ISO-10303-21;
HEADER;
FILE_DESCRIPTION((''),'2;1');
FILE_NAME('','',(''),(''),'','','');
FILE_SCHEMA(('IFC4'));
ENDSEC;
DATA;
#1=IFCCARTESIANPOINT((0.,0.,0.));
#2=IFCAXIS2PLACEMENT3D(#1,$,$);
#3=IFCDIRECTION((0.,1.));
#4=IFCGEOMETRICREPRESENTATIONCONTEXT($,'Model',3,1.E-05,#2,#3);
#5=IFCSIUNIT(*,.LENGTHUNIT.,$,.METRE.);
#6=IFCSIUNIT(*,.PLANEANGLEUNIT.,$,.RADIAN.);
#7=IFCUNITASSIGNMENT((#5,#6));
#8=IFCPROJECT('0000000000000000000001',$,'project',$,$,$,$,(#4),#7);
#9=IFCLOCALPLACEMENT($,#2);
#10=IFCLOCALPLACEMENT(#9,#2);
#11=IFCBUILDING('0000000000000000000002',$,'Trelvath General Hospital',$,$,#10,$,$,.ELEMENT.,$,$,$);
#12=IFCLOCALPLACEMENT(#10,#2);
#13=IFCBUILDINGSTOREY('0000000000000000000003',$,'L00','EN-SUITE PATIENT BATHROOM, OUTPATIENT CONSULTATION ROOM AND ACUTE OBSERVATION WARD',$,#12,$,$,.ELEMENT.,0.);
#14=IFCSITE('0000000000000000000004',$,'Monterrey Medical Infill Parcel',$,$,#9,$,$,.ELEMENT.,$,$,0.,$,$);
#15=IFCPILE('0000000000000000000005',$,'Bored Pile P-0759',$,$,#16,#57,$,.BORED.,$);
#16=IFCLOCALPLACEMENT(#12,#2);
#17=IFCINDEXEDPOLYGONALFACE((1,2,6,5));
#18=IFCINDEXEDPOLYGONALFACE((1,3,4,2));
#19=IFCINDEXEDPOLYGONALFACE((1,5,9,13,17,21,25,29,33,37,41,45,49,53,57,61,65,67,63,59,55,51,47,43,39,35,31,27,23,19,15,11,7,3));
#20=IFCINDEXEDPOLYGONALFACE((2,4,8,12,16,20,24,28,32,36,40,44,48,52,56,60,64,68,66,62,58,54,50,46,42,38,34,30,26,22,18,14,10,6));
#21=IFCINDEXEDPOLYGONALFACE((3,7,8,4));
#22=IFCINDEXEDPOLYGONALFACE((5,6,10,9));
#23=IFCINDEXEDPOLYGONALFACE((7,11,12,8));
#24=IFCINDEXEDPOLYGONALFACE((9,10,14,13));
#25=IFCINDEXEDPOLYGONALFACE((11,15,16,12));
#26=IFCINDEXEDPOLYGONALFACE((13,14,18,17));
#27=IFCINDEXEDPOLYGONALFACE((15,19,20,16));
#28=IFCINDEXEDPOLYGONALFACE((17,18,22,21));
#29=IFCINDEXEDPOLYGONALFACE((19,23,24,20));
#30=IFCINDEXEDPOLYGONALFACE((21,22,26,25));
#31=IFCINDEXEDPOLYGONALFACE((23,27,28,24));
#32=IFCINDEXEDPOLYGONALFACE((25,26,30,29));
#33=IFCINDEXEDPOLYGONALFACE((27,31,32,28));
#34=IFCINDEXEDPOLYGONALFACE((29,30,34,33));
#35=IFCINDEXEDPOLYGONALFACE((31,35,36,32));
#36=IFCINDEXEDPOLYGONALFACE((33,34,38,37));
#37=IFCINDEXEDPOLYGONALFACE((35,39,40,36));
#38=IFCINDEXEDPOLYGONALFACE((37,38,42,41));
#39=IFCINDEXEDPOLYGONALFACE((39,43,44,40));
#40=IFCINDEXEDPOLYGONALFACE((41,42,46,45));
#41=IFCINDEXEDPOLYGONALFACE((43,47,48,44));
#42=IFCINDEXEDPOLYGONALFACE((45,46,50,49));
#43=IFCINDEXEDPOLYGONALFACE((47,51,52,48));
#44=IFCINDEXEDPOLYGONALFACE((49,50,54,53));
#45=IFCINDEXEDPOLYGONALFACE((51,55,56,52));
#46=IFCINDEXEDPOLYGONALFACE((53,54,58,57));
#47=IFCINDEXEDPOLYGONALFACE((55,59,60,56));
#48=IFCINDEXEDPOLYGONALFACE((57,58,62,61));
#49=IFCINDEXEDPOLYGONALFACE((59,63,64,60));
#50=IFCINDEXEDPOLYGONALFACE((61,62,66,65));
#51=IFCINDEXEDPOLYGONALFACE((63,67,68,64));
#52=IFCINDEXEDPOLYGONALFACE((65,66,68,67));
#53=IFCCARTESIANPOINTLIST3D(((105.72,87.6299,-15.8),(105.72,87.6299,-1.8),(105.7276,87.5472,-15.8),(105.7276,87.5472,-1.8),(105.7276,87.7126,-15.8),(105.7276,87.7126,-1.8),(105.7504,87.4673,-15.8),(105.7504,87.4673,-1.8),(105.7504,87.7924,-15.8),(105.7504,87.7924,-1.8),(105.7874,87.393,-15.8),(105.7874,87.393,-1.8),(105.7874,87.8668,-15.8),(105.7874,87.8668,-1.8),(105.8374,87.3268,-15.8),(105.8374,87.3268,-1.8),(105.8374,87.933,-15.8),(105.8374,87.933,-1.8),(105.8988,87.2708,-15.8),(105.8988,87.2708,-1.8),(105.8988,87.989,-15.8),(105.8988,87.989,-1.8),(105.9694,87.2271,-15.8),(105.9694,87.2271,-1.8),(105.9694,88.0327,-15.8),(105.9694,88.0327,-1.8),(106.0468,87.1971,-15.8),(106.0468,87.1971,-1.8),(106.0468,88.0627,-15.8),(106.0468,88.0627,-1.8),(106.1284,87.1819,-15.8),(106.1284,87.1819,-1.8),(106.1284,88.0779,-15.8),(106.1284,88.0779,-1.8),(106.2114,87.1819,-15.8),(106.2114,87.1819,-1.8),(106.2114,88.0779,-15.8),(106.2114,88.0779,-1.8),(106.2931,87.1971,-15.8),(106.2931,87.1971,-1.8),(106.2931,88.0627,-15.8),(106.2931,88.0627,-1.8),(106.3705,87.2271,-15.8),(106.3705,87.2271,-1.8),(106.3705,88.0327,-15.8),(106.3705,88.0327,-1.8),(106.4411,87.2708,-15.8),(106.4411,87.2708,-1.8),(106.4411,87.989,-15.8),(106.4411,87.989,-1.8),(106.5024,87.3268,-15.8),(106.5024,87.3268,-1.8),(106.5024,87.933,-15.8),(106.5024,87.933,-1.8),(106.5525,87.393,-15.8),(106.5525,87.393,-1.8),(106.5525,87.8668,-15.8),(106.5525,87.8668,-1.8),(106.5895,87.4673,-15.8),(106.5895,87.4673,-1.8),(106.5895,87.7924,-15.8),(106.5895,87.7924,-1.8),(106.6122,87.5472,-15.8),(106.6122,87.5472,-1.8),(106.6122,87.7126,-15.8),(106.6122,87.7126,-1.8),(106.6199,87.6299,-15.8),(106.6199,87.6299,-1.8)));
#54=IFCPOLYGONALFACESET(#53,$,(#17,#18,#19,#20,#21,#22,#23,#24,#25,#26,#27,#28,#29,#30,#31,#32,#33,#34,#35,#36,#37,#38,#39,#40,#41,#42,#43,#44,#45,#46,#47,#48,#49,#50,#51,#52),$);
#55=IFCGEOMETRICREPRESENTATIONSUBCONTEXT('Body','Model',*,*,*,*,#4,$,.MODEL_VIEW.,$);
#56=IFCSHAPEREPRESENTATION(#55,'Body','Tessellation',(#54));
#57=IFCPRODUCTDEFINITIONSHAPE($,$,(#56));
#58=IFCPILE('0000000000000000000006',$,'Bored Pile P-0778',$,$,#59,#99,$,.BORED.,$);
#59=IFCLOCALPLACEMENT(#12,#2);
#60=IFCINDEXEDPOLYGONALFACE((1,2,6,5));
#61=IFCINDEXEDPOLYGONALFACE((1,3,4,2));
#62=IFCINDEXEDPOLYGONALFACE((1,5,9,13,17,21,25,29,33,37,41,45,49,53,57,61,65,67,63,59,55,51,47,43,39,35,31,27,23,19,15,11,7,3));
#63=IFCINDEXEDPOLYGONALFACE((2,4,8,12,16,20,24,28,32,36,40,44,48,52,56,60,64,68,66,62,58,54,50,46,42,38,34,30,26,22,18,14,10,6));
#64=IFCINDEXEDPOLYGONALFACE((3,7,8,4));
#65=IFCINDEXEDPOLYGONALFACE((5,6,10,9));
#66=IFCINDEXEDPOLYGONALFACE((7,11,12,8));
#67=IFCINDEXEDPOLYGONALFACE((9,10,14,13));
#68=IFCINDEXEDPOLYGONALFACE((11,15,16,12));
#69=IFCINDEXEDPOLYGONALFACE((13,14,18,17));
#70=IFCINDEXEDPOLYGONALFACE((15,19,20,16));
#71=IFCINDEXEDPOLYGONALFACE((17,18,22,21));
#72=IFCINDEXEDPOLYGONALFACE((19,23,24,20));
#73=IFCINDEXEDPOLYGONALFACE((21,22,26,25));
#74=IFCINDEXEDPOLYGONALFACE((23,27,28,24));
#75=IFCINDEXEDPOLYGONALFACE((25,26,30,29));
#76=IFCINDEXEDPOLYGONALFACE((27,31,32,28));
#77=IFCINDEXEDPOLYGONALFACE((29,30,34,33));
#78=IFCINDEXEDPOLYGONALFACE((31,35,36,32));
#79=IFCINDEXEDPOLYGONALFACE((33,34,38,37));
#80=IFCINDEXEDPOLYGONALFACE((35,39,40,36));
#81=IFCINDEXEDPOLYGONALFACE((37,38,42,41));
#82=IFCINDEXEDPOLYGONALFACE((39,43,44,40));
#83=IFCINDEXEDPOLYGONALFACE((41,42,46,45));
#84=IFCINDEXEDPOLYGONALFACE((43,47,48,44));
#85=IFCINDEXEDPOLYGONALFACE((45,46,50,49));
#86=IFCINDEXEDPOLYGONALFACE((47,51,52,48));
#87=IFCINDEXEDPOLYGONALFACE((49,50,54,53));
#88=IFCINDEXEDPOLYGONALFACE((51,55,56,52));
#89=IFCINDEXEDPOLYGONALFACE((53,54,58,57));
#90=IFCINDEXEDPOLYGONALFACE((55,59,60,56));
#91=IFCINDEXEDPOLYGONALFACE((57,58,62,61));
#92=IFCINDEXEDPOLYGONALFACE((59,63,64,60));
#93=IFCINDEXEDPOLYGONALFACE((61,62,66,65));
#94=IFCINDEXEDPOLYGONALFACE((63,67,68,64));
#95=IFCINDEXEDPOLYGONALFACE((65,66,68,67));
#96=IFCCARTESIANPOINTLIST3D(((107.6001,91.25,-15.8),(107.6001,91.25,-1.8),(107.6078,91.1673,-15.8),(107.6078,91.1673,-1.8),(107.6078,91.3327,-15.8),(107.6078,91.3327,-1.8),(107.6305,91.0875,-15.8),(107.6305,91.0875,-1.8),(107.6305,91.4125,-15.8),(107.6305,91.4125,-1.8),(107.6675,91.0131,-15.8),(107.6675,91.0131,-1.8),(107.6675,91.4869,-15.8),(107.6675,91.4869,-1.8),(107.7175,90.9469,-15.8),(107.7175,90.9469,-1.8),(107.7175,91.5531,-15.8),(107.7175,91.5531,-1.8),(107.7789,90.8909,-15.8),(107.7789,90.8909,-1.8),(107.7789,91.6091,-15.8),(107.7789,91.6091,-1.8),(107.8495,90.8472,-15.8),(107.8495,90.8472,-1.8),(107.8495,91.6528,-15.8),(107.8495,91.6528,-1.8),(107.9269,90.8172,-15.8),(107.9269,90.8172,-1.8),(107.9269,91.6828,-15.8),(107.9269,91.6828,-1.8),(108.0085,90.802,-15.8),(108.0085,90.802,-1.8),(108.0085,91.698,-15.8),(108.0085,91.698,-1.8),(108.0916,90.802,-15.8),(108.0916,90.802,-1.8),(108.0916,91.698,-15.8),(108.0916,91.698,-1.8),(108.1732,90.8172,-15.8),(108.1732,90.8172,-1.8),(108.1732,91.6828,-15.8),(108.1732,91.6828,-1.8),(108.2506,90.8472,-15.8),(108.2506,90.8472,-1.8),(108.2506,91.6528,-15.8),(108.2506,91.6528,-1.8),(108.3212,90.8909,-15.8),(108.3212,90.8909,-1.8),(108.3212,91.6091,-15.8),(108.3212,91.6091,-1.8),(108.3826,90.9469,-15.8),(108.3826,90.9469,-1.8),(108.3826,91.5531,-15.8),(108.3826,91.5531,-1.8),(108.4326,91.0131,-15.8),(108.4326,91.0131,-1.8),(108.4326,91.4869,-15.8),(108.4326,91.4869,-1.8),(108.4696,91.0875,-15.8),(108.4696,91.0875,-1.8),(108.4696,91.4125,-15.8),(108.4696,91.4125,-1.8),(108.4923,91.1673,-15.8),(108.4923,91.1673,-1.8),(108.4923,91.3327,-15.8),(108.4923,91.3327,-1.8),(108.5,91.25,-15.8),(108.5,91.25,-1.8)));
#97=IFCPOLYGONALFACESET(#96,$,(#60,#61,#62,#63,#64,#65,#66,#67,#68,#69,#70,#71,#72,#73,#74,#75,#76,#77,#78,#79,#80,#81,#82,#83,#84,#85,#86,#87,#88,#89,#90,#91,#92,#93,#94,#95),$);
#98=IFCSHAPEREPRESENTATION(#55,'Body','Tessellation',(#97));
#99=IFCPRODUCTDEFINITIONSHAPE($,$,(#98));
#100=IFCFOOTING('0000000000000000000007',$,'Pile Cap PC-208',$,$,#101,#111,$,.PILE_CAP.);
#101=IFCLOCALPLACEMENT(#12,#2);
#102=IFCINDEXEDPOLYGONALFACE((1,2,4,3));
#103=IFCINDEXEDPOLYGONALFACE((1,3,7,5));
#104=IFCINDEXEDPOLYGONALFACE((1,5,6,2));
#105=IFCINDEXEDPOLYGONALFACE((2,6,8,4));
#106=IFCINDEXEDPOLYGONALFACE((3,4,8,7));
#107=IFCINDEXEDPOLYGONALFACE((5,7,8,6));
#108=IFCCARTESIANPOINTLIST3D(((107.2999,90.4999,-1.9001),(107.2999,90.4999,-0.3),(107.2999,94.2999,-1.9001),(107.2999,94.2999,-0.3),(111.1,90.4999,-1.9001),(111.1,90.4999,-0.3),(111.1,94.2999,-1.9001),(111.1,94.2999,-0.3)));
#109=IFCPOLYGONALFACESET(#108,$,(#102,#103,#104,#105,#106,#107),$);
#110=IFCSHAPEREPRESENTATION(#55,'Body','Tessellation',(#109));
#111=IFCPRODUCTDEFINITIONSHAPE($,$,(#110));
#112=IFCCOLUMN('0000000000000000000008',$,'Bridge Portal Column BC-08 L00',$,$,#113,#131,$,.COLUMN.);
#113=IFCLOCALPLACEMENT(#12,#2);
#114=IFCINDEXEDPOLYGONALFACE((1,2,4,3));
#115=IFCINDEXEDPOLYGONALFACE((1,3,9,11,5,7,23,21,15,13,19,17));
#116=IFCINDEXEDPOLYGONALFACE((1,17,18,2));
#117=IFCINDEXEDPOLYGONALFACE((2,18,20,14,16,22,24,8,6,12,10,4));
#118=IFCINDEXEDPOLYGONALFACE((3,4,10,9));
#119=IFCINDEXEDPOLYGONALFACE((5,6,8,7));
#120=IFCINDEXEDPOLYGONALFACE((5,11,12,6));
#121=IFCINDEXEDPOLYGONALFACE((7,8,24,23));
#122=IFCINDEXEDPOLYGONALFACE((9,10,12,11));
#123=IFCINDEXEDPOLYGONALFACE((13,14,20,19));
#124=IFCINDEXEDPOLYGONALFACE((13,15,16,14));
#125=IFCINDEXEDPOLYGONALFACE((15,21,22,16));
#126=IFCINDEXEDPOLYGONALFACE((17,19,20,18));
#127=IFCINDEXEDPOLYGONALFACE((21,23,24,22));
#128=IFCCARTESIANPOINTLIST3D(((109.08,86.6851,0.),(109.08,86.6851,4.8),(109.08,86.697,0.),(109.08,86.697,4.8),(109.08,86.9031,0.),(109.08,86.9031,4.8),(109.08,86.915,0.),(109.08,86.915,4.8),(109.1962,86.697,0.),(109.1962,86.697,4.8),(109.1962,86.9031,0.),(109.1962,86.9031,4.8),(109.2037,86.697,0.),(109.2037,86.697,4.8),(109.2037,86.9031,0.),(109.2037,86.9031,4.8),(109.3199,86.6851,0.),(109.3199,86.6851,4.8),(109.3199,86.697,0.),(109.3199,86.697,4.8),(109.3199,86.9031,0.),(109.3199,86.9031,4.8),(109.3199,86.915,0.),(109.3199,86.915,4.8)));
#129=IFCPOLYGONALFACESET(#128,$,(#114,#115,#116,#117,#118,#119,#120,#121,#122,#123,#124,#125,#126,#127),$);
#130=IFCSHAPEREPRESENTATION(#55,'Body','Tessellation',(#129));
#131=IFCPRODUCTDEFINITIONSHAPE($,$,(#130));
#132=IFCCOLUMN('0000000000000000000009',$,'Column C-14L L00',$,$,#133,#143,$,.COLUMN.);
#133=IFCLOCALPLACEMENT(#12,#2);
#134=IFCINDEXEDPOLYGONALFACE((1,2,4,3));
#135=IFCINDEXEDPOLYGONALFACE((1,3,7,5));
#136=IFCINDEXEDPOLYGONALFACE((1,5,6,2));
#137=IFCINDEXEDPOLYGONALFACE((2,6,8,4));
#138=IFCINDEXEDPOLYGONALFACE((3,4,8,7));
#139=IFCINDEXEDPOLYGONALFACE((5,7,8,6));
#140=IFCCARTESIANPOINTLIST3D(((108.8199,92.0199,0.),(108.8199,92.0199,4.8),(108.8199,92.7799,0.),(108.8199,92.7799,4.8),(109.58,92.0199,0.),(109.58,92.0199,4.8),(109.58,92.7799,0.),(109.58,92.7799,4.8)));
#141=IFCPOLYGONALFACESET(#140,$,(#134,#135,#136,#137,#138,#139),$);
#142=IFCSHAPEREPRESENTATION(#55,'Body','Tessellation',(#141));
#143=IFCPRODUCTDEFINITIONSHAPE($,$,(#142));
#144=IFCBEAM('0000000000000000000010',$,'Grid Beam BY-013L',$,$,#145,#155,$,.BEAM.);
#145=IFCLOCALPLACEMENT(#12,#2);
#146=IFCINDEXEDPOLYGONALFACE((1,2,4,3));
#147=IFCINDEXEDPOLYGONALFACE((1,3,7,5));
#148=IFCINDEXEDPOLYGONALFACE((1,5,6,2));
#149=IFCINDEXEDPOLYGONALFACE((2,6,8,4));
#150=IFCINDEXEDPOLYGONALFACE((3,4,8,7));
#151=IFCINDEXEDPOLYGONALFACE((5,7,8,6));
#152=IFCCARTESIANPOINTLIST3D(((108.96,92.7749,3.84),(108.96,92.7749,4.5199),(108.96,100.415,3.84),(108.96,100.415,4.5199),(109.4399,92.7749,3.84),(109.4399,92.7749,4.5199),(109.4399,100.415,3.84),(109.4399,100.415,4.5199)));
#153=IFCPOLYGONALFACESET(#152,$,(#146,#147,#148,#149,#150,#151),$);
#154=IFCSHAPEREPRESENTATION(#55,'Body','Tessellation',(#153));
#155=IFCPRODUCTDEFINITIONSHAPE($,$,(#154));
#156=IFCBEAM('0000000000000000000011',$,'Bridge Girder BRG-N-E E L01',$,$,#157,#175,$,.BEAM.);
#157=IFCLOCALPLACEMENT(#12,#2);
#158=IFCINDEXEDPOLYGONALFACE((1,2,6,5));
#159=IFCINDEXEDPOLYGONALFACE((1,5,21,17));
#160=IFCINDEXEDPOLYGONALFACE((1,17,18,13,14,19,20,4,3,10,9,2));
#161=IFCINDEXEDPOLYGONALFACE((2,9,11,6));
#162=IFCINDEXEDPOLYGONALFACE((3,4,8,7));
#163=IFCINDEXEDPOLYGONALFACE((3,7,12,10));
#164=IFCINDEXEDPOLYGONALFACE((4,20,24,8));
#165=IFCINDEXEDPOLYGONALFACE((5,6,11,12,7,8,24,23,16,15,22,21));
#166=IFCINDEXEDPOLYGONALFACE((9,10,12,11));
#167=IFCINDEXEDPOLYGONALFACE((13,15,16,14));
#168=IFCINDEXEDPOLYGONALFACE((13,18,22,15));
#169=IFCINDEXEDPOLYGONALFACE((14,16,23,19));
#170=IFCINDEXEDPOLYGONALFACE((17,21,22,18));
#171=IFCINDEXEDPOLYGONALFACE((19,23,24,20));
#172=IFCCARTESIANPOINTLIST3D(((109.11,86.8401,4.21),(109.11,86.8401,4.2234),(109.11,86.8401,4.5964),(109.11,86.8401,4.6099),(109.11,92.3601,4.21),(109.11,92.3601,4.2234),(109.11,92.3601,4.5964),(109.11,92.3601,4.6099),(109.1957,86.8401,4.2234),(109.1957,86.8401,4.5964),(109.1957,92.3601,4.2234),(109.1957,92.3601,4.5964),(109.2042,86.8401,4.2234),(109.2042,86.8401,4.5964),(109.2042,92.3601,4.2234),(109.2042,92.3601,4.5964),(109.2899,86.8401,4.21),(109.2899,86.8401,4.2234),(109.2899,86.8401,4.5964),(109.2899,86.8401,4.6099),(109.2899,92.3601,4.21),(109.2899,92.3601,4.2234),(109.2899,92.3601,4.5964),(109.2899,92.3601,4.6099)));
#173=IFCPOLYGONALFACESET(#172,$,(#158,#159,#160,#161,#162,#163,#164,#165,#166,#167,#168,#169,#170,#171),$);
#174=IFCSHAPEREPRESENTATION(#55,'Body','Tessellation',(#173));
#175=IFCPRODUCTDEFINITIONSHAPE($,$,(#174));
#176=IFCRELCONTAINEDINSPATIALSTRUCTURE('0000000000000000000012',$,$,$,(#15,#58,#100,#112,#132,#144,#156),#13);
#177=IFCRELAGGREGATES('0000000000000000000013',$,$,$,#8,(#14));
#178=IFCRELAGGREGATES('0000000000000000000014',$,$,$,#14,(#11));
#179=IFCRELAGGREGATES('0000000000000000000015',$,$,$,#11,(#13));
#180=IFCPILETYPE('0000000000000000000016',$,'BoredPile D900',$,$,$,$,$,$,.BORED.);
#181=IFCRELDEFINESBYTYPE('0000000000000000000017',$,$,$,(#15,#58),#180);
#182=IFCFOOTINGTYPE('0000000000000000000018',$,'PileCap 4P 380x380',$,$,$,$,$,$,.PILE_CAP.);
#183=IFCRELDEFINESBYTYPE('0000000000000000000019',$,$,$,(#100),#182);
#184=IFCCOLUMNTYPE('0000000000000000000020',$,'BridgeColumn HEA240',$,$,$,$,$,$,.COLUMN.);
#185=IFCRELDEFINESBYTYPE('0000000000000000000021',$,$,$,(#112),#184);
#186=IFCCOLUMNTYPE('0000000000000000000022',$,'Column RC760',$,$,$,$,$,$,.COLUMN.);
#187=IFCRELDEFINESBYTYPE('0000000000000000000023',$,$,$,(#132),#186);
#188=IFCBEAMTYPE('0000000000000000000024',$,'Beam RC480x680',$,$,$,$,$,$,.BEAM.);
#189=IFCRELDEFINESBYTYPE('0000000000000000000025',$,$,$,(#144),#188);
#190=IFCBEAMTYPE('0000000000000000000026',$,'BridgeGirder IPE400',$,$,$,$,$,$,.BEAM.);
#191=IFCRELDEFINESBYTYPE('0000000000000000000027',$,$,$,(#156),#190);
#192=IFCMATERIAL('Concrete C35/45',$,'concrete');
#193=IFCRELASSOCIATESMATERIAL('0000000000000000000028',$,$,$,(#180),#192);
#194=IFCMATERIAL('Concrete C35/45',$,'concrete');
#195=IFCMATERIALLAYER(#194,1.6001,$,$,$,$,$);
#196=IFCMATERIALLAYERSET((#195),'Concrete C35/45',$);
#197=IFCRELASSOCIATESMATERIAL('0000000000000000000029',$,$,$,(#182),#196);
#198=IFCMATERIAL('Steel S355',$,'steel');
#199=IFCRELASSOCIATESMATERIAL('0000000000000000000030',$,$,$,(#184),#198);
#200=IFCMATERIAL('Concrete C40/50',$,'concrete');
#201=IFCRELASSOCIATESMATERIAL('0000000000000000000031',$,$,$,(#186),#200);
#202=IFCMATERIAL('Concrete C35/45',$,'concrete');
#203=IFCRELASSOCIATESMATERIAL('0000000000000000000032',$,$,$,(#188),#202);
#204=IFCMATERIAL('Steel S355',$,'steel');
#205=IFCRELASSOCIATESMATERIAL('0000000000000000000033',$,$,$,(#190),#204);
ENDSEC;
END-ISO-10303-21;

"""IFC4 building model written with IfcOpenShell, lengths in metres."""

from ifc_helpers import new_model, si_unit, direction, frame, origin, origin_2d, place, context, subcontext, project, spatial, rectangle, circle, i_section, extrude, material, layer, layer_set, material_profile, profile_set, type_object, element, save


model = new_model("IFC4")

# Units and contexts
model_context = context("Model", 3, precision=1e-05, world=origin(), true_north=direction((0.0, 1.0)))
body_context = subcontext(model_context, "Body", "Model", "MODEL_VIEW")
ifc_project = project(units=[si_unit("LENGTHUNIT", "METRE"), si_unit("PLANEANGLEUNIT", "RADIAN")], contexts=[model_context])

# Site, building, storey
site_placement = place(None, origin())
site = spatial("IfcSite", under=ifc_project, at=site_placement, Name="Monterrey Medical Infill Parcel", CompositionType="ELEMENT", RefElevation=0.0)
building_placement = place(site_placement, origin())
building = spatial("IfcBuilding", under=site, at=building_placement, Name="Trelvath General Hospital", CompositionType="ELEMENT")
storey_placement = place(building_placement, origin())
storey = spatial("IfcBuildingStorey", under=building, at=storey_placement, Name="L00", Description="EN-SUITE PATIENT BATHROOM, OUTPATIENT CONSULTATION ROOM AND ACUTE OBSERVATION WARD", CompositionType="ELEMENT", Elevation=0.0)

# Piles
ifc_material_1 = material(Name="Concrete C35/45", Category="concrete")
ifc_material_profile_1 = material_profile(ifc_material_1, circle(Radius=0.45, at=origin_2d()), Name="PILE900")
ifc_profile_set_1 = profile_set([ifc_material_profile_1], Name="Concrete C35/45")
pile_type = type_object("IfcPileType", Name="BoredPile D900", PredefinedType="BORED", material=ifc_profile_set_1)
for number, where, z_axis, x_axis, name in (
    (1, (106.1699, 87.6299, -1.8), (0.0, 0.0, -1.0), (1.0, 0.0, 0.0), "Bored Pile P-0759"),
    (2, (108.05, 91.25, -1.8), (0.0, 0.0, -1.0), (1.0, 0.0, 0.0), "Bored Pile P-0778"),
):
    element("IfcPile", number, at=place(storey_placement, frame(where, z_axis=z_axis, x_axis=x_axis)), inside=storey, type_object=pile_type, Name=name, PredefinedType="BORED", context=body_context, shape_type="SweptSolid", body=[
        extrude(circle(Radius=0.45, at=origin_2d()), origin(), (0.0, 0.0, 1.0), 14.0),
    ])

# Footing
ifc_material_2 = material(Name="Concrete C35/45", Category="concrete")
ifc_layer_1 = layer(ifc_material_2, 1.6001)
ifc_layer_set_1 = layer_set([ifc_layer_1], Name="Concrete C35/45")
footing_type = type_object("IfcFootingType", Name="PileCap 4P 380x380", PredefinedType="PILE_CAP", material=ifc_layer_set_1)
footing_placement = place(storey_placement, frame((109.2, 92.3999, -1.9001), z_axis=(0.0, 0.0, 1.0), x_axis=(1.0, 0.0, 0.0)))
element("IfcFooting", 3, at=footing_placement, inside=storey, type_object=footing_type, Name="Pile Cap PC-208", PredefinedType="PILE_CAP", context=body_context, shape_type="SweptSolid", body=[
    extrude(rectangle(XDim=3.8, YDim=3.8, at=origin_2d()), origin(), (0.0, 0.0, 1.0), 1.6001),
])

# Columns
ifc_material_3 = material(Name="Steel S355", Category="steel")
ifc_material_profile_2 = material_profile(ifc_material_3, i_section(OverallWidth=0.24, OverallDepth=0.23, WebThickness=0.0076, FlangeThickness=0.012, at=origin_2d()), Name="HEA240")
ifc_profile_set_2 = profile_set([ifc_material_profile_2], Name="Steel S355")
column_type_1 = type_object("IfcColumnType", Name="BridgeColumn HEA240", PredefinedType="COLUMN", material=ifc_profile_set_2)
column_1_placement = place(storey_placement, frame((109.2, 86.8, 0.0), z_axis=(0.0, 0.0, 1.0), x_axis=(1.0, 0.0, 0.0)))
element("IfcColumn", 4, at=column_1_placement, inside=storey, type_object=column_type_1, Name="Bridge Portal Column BC-08 L00", PredefinedType="COLUMN", context=body_context, shape_type="SweptSolid", body=[
    extrude(i_section(OverallWidth=0.24, OverallDepth=0.23, WebThickness=0.0076, FlangeThickness=0.012, at=origin_2d()), origin(), (0.0, 0.0, 1.0), 4.8),
])
ifc_material_4 = material(Name="Concrete C40/50", Category="concrete")
ifc_material_profile_3 = material_profile(ifc_material_4, rectangle(XDim=0.76, YDim=0.76, at=origin_2d()), Name="RC760x760")
ifc_profile_set_3 = profile_set([ifc_material_profile_3], Name="Concrete C40/50")
column_type_2 = type_object("IfcColumnType", Name="Column RC760", PredefinedType="COLUMN", material=ifc_profile_set_3)
column_2_placement = place(storey_placement, frame((109.2, 92.3999, 0.0), z_axis=(0.0, 0.0, 1.0), x_axis=(1.0, 0.0, 0.0)))
element("IfcColumn", 5, at=column_2_placement, inside=storey, type_object=column_type_2, Name="Column C-14L L00", PredefinedType="COLUMN", context=body_context, shape_type="SweptSolid", body=[
    extrude(rectangle(XDim=0.76, YDim=0.76, at=origin_2d()), origin(), (0.0, 0.0, 1.0), 4.8),
])

# Beams
ifc_material_5 = material(Name="Concrete C35/45", Category="concrete")
ifc_material_profile_4 = material_profile(ifc_material_5, rectangle(XDim=0.48, YDim=0.6799, at=origin_2d()), Name="RCB480x680")
ifc_profile_set_4 = profile_set([ifc_material_profile_4], Name="Concrete C35/45")
beam_type_1 = type_object("IfcBeamType", Name="Beam RC480x680", PredefinedType="BEAM", material=ifc_profile_set_4)
beam_1_placement = place(storey_placement, frame((109.2, 92.7749, 4.1799), z_axis=(0.0, 1.0, 0.0), x_axis=(-1.0, 0.0, 0.0)))
element("IfcBeam", 6, at=beam_1_placement, inside=storey, type_object=beam_type_1, Name="Grid Beam BY-013L", PredefinedType="BEAM", context=body_context, shape_type="SweptSolid", body=[
    extrude(rectangle(XDim=0.48, YDim=0.6799, at=origin_2d()), origin(), (0.0, 0.0, 1.0), 7.6401),
])
ifc_material_6 = material(Name="Steel S355", Category="steel")
ifc_material_profile_5 = material_profile(ifc_material_6, i_section(OverallWidth=0.1799, OverallDepth=0.3999, WebThickness=0.0085, FlangeThickness=0.0134, at=origin_2d()), Name="IPE400")
ifc_profile_set_5 = profile_set([ifc_material_profile_5], Name="Steel S355")
beam_type_2 = type_object("IfcBeamType", Name="BridgeGirder IPE400", PredefinedType="BEAM", material=ifc_profile_set_5)
beam_2_placement = place(storey_placement, frame((109.2, 86.8401, 4.4099), z_axis=(0.0, 1.0, 0.0), x_axis=(-1.0, 0.0, 0.0)))
element("IfcBeam", 7, at=beam_2_placement, inside=storey, type_object=beam_type_2, Name="Bridge Girder BRG-N-E E L01", PredefinedType="BEAM", context=body_context, shape_type="SweptSolid", body=[
    extrude(i_section(OverallWidth=0.1799, OverallDepth=0.3999, WebThickness=0.0085, FlangeThickness=0.0134, at=origin_2d()), origin(), (0.0, 0.0, 1.0), 5.52),
])

save(model, "model.ifc")
